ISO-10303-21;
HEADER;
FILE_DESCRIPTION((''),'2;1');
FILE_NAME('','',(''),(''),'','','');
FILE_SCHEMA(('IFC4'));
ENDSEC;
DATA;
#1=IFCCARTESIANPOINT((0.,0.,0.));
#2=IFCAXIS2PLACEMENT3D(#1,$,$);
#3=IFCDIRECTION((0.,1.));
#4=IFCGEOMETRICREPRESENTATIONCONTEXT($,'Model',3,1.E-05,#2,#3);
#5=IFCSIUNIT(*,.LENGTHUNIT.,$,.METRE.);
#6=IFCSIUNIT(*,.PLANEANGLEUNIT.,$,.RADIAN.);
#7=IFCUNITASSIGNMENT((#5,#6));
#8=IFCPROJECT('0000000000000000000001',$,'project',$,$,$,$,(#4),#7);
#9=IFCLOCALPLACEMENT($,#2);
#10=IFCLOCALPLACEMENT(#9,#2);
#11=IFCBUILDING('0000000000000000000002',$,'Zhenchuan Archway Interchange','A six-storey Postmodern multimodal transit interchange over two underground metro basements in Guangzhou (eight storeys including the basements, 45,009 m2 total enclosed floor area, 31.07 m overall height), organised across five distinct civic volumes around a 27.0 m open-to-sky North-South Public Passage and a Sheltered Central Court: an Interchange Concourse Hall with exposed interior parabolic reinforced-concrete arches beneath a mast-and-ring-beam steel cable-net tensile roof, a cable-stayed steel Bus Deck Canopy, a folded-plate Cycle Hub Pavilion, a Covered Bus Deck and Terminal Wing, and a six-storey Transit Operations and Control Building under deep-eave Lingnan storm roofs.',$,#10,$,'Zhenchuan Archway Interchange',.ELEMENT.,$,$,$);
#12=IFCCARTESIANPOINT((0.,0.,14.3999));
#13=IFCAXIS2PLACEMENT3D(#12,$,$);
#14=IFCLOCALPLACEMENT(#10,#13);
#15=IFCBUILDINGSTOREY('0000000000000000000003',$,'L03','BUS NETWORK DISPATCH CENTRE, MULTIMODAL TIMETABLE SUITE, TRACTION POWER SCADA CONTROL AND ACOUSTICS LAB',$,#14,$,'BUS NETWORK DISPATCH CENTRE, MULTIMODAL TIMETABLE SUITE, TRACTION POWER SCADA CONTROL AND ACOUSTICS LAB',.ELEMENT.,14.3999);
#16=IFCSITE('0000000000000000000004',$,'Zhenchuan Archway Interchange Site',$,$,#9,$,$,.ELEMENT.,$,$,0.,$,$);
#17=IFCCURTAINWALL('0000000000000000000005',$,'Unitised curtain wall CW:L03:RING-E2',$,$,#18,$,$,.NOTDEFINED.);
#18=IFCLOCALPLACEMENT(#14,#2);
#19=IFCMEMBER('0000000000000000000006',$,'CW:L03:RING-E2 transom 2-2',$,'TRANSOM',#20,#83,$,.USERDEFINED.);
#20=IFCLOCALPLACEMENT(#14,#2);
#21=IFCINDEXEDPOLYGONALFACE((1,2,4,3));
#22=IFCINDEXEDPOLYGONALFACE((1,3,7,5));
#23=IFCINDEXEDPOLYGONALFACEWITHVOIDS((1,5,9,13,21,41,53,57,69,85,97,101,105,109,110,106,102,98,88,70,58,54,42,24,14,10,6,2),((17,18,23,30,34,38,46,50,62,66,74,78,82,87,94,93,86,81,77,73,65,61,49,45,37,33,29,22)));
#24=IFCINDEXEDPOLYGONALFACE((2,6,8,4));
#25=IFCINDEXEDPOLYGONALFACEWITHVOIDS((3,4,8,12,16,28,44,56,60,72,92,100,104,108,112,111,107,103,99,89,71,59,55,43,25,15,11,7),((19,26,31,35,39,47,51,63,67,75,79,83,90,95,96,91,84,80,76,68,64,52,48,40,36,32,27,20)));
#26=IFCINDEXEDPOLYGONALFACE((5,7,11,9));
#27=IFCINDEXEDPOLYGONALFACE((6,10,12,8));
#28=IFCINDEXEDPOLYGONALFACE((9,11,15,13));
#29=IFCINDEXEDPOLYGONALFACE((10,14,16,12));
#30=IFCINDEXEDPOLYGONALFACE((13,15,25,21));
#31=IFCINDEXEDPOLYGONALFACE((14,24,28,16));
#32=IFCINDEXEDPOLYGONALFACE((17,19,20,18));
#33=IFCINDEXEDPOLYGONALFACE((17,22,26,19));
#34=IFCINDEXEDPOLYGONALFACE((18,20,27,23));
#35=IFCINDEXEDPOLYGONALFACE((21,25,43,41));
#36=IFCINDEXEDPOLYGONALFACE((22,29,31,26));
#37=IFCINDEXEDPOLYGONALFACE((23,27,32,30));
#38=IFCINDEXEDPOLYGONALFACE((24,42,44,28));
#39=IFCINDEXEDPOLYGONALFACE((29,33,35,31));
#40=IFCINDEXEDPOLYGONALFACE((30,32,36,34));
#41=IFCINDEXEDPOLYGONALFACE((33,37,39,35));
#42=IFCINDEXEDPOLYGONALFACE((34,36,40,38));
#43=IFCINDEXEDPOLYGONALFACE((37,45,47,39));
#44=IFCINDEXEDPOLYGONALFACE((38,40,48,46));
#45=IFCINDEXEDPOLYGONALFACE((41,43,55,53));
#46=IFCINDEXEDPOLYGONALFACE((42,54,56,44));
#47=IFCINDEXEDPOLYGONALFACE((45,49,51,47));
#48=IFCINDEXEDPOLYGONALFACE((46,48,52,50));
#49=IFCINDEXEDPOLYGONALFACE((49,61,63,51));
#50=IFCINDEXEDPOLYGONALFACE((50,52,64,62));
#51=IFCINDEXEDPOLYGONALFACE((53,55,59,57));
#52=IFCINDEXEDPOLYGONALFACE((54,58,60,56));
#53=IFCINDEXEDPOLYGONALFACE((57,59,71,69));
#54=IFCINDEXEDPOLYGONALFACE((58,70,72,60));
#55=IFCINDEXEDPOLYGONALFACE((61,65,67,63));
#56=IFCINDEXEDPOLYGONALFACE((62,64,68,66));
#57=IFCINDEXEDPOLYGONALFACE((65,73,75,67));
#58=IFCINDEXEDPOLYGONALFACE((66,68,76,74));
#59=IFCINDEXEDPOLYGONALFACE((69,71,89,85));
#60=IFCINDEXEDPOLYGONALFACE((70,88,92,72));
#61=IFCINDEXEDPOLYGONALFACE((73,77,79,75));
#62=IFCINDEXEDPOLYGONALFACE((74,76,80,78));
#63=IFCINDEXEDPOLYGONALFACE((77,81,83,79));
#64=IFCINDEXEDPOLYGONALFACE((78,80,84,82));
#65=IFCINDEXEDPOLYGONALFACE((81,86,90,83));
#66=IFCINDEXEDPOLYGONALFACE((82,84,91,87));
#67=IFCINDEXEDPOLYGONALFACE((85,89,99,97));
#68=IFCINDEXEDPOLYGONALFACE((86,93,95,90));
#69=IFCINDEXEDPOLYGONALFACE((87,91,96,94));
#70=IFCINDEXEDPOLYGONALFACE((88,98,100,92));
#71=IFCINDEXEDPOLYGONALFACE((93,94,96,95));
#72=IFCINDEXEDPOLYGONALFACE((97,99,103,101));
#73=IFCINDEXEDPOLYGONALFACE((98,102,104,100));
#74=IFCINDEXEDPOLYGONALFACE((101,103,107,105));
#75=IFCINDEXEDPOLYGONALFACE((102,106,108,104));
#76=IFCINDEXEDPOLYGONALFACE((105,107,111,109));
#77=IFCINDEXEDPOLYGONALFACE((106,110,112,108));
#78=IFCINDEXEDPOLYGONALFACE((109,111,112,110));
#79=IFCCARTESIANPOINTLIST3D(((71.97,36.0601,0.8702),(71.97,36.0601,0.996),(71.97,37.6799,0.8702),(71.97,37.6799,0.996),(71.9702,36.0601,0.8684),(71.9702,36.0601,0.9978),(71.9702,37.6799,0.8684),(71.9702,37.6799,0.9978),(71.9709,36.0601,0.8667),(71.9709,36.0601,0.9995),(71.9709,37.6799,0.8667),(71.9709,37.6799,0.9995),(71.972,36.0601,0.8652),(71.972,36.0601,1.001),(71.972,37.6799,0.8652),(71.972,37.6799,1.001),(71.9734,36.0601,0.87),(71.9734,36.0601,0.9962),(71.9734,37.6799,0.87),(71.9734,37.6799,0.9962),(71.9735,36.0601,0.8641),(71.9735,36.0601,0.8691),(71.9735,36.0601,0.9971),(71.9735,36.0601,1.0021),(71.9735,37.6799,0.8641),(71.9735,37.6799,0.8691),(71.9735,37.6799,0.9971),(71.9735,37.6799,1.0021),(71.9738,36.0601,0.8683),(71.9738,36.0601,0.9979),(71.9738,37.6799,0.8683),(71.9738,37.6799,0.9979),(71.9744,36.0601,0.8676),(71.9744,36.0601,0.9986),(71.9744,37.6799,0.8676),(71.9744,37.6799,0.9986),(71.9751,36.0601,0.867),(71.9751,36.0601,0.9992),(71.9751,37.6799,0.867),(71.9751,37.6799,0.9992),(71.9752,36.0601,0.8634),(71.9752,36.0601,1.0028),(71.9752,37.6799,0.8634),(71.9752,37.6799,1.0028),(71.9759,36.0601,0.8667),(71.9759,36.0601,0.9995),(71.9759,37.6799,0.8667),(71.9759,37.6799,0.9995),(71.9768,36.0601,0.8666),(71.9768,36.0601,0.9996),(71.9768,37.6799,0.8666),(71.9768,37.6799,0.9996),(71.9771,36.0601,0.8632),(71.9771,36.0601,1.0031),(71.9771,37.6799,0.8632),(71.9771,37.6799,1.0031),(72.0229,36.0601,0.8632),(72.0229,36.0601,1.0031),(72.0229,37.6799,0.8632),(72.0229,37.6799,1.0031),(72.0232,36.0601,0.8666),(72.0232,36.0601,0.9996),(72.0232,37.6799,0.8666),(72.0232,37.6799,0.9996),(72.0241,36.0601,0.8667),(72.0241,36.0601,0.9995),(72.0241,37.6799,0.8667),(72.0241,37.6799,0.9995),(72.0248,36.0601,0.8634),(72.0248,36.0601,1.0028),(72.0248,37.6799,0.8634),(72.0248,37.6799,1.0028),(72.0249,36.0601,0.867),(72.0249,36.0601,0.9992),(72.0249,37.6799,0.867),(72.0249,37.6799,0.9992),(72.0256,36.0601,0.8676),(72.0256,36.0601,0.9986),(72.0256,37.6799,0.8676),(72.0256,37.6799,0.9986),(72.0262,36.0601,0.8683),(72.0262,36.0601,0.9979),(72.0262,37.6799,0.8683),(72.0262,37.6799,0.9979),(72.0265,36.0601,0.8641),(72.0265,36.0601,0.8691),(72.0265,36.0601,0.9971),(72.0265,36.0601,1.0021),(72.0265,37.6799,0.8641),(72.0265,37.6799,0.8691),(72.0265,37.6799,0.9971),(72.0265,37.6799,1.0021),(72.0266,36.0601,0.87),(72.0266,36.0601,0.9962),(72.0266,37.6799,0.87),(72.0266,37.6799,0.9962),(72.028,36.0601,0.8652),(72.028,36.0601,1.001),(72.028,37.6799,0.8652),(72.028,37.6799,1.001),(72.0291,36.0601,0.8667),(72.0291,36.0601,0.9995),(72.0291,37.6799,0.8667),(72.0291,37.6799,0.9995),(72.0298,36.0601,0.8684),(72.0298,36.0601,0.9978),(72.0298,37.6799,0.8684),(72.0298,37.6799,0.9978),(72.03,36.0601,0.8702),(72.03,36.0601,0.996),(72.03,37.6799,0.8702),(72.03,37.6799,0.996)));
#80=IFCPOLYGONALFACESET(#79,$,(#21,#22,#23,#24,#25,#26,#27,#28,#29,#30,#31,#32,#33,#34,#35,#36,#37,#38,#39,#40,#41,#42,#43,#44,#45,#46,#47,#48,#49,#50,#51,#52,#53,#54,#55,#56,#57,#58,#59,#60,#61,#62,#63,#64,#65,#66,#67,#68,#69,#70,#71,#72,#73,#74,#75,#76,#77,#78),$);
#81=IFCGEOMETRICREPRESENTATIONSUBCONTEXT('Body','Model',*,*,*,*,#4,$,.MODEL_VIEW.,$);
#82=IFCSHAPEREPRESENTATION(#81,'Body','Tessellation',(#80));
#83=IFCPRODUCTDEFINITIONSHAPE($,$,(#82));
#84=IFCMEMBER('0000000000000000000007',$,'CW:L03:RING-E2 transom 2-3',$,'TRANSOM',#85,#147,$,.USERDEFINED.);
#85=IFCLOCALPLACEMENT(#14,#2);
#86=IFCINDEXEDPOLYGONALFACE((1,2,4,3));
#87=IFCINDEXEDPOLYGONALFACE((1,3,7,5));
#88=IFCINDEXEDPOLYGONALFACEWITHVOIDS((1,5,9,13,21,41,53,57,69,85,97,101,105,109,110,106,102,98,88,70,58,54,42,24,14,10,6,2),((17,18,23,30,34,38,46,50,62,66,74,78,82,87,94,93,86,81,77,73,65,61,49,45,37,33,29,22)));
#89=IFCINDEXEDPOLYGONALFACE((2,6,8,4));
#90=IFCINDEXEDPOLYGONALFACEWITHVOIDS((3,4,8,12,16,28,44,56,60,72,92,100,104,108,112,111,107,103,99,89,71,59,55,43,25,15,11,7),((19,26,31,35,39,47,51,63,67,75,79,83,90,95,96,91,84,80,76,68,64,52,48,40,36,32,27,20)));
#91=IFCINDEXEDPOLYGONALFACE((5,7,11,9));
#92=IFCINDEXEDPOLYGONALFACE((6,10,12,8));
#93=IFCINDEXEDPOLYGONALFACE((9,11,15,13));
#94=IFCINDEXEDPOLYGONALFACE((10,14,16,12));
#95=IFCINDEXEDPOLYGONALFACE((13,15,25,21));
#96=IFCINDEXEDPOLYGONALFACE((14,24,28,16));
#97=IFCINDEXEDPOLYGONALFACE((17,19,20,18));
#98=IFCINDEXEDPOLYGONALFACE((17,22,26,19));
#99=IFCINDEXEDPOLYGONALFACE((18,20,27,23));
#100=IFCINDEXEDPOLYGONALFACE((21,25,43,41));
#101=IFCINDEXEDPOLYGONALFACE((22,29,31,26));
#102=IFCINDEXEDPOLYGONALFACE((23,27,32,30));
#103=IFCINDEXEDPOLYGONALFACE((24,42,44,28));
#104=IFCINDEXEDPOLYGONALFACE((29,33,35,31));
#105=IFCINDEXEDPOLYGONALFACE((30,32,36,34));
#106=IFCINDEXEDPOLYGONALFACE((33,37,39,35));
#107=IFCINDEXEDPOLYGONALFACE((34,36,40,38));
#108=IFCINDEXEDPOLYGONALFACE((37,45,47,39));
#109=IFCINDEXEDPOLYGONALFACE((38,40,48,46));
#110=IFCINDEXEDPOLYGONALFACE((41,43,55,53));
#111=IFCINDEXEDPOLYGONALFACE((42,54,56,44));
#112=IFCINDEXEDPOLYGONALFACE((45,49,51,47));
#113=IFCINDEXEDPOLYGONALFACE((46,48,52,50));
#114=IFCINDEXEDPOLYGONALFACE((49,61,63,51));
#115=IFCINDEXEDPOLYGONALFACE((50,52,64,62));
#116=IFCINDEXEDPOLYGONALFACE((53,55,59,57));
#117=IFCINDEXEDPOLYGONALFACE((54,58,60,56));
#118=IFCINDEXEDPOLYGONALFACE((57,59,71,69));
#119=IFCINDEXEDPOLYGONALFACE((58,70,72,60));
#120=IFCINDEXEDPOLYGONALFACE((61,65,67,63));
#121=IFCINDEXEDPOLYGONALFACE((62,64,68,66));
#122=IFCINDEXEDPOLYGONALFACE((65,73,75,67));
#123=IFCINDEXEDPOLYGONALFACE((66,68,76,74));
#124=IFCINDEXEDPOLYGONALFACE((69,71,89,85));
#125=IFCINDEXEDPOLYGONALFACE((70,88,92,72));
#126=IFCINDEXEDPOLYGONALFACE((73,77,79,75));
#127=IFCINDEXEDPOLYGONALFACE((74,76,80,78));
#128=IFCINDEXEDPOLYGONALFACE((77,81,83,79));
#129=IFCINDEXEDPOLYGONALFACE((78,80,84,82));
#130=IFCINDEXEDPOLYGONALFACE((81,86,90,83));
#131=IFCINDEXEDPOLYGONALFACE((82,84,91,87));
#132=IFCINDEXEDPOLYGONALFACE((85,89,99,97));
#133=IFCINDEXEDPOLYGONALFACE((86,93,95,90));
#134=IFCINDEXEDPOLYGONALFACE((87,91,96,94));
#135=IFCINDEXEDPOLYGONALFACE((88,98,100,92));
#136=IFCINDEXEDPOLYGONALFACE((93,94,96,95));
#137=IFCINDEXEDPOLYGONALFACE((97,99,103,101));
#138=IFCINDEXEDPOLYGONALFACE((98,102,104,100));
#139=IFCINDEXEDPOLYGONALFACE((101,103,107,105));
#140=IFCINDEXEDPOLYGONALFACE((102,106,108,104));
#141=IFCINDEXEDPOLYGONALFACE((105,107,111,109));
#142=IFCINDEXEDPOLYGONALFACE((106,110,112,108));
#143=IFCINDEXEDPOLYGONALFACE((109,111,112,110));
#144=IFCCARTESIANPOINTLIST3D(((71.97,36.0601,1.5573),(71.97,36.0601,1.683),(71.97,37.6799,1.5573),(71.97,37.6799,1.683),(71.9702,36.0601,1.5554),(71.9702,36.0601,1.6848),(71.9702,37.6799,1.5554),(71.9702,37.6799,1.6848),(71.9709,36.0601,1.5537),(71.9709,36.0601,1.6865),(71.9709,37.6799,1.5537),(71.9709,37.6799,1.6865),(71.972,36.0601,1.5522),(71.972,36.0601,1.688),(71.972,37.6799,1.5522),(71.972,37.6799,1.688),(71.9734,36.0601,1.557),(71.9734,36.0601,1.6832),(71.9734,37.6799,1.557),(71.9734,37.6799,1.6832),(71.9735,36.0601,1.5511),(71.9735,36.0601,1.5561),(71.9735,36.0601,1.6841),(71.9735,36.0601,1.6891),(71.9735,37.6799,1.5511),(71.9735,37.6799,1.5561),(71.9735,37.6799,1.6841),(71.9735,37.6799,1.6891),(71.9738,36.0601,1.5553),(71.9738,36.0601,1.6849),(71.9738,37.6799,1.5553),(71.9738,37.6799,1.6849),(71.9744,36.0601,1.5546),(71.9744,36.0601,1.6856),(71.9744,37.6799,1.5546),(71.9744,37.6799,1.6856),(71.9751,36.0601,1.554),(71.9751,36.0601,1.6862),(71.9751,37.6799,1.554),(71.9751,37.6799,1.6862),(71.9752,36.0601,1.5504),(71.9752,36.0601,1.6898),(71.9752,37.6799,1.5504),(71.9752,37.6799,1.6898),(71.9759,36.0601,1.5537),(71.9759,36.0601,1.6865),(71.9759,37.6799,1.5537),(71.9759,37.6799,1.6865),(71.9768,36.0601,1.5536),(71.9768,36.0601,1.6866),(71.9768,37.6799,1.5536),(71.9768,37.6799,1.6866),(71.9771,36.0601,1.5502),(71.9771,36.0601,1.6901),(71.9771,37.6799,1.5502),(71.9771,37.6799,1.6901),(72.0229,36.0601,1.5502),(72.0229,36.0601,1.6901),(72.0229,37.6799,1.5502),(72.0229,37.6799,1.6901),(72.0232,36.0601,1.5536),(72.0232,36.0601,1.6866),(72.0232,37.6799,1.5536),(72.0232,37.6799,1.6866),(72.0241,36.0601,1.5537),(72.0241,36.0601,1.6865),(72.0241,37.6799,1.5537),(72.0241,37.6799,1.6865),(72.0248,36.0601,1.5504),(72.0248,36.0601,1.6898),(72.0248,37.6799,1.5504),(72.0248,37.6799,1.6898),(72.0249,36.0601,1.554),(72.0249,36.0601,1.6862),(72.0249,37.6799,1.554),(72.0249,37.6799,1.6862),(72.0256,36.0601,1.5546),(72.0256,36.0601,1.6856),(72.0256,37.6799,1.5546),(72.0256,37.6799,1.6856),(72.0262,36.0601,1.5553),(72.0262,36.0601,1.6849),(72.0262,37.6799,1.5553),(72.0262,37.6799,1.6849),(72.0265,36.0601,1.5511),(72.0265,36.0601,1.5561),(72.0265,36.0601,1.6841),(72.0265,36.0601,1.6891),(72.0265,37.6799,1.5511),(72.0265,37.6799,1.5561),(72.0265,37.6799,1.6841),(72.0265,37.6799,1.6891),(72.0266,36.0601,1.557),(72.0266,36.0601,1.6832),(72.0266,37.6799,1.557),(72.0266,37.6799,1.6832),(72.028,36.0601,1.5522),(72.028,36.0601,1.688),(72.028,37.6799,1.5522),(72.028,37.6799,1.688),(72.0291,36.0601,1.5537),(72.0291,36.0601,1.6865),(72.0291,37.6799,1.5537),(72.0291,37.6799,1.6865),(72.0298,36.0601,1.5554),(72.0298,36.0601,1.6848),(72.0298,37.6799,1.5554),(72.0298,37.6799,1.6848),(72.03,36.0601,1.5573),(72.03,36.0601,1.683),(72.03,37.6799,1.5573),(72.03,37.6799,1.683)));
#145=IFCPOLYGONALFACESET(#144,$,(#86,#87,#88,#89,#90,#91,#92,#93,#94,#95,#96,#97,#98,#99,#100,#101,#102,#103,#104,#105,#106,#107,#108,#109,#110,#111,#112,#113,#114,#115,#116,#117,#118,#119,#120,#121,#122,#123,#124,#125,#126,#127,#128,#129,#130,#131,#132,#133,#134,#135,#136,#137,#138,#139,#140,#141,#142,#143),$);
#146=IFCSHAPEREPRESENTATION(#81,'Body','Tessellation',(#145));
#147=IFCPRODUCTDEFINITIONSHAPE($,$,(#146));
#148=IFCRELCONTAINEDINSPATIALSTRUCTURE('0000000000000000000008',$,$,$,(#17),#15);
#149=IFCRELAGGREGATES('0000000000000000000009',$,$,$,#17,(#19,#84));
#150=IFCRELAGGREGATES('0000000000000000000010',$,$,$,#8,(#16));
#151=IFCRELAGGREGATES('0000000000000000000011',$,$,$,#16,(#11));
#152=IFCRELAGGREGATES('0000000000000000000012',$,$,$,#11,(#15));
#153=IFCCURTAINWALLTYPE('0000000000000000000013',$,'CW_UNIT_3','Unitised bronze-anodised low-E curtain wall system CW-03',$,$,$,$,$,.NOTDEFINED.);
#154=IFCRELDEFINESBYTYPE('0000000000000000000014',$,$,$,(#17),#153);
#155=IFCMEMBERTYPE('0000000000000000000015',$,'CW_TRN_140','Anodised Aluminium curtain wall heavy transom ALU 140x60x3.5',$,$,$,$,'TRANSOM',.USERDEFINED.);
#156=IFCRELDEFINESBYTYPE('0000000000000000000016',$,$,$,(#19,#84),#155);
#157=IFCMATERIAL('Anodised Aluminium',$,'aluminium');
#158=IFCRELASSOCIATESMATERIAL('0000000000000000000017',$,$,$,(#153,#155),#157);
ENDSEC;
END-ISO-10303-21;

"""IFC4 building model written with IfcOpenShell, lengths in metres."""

from ifc_helpers import new_model, si_unit, direction, frame, origin, origin_2d, place, context, subcontext, project, spatial, hollow_rectangle, extrude, material, material_profile, profile_set, type_object, element, aggregate, save


model = new_model("IFC4")

# Units and contexts
model_context = context("Model", 3, precision=1e-05, world=origin(), true_north=direction((0.0, 1.0)))
body_context = subcontext(model_context, "Body", "Model", "MODEL_VIEW")
ifc_project = project(units=[si_unit("LENGTHUNIT", "METRE"), si_unit("PLANEANGLEUNIT", "RADIAN")], contexts=[model_context])

# Site, building, storey
site_placement = place(None, origin())
site = spatial("IfcSite", under=ifc_project, at=site_placement, Name="Zhenchuan Archway Interchange Site", CompositionType="ELEMENT", RefElevation=0.0)
building_placement = place(site_placement, origin())
building = spatial("IfcBuilding", under=site, at=building_placement, Name="Zhenchuan Archway Interchange", Description="A six-storey Postmodern multimodal transit interchange over two underground metro basements in Guangzhou (eight storeys including the basements, 45,009 m2 total enclosed floor area, 31.07 m overall height), organised across five distinct civic volumes around a 27.0 m open-to-sky North-South Public Passage and a Sheltered Central Court: an Interchange Concourse Hall with exposed interior parabolic reinforced-concrete arches beneath a mast-and-ring-beam steel cable-net tensile roof, a cable-stayed steel Bus Deck Canopy, a folded-plate Cycle Hub Pavilion, a Covered Bus Deck and Terminal Wing, and a six-storey Transit Operations and Control Building under deep-eave Lingnan storm roofs.", LongName="Zhenchuan Archway Interchange", CompositionType="ELEMENT")
storey_placement = place(building_placement, frame((0.0, 0.0, 14.3999)))
storey = spatial("IfcBuildingStorey", under=building, at=storey_placement, Name="L03", Description="BUS NETWORK DISPATCH CENTRE, MULTIMODAL TIMETABLE SUITE, TRACTION POWER SCADA CONTROL AND ACOUSTICS LAB", LongName="BUS NETWORK DISPATCH CENTRE, MULTIMODAL TIMETABLE SUITE, TRACTION POWER SCADA CONTROL AND ACOUSTICS LAB", CompositionType="ELEMENT", Elevation=14.3999)

# Curtain wall
ifc_material_1 = material(Name="Anodised Aluminium", Category="aluminium")
curtain_wall_type = type_object("IfcCurtainWallType", Name="CW_UNIT_3", Description="Unitised bronze-anodised low-E curtain wall system CW-03", PredefinedType="NOTDEFINED", material=ifc_material_1)
curtain_wall_1_placement = place(storey_placement, origin())
curtain_wall_1 = element("IfcCurtainWall", 1, at=curtain_wall_1_placement, inside=storey, type_object=curtain_wall_type, Name="Unitised curtain wall CW:L03:RING-E2", PredefinedType="NOTDEFINED")

# Members
ifc_material_profile_1 = material_profile(ifc_material_1, hollow_rectangle(XDim=0.0601, YDim=0.1399, WallThickness=0.0034, InnerFilletRadius=0.0034, OuterFilletRadius=0.0071, at=origin_2d()), Name="ALU 140x60x3.5")
ifc_profile_set_1 = profile_set([ifc_material_profile_1], Name="Anodised Aluminium")
member_type_1 = type_object("IfcMemberType", Name="CW_TRN_140", Description="Anodised Aluminium curtain wall heavy transom ALU 140x60x3.5", ElementType="TRANSOM", PredefinedType="USERDEFINED", material=ifc_profile_set_1)
member_1_placement = place(storey_placement, frame((72.0, 36.0601, 0.9331), z_axis=(0.0, 1.0, 0.0), x_axis=(-1.0, 0.0, 0.0)))
member_1 = element("IfcMember", 2, at=member_1_placement, type_object=member_type_1, Name="CW:L03:RING-E2 transom 2-2", ObjectType="TRANSOM", PredefinedType="USERDEFINED", context=body_context, shape_type="SweptSolid", body=[
    extrude(hollow_rectangle(XDim=0.0601, YDim=0.1399, WallThickness=0.0034, InnerFilletRadius=0.0034, OuterFilletRadius=0.0071, at=origin_2d()), origin(), (0.0, 0.0, 1.0), 1.6199),
])
member_2_placement = place(storey_placement, frame((72.0, 36.0601, 1.6201), z_axis=(0.0, 1.0, 0.0), x_axis=(-1.0, 0.0, 0.0)))
member_2 = element("IfcMember", 3, at=member_2_placement, type_object=member_type_1, Name="CW:L03:RING-E2 transom 2-3", ObjectType="TRANSOM", PredefinedType="USERDEFINED", context=body_context, shape_type="SweptSolid", body=[
    extrude(hollow_rectangle(XDim=0.0601, YDim=0.1399, WallThickness=0.0034, InnerFilletRadius=0.0034, OuterFilletRadius=0.0071, at=origin_2d()), origin(), (0.0, 0.0, 1.0), 1.6199),
])

aggregate(curtain_wall_1, [member_1, member_2])

save(model, "model.ifc")
